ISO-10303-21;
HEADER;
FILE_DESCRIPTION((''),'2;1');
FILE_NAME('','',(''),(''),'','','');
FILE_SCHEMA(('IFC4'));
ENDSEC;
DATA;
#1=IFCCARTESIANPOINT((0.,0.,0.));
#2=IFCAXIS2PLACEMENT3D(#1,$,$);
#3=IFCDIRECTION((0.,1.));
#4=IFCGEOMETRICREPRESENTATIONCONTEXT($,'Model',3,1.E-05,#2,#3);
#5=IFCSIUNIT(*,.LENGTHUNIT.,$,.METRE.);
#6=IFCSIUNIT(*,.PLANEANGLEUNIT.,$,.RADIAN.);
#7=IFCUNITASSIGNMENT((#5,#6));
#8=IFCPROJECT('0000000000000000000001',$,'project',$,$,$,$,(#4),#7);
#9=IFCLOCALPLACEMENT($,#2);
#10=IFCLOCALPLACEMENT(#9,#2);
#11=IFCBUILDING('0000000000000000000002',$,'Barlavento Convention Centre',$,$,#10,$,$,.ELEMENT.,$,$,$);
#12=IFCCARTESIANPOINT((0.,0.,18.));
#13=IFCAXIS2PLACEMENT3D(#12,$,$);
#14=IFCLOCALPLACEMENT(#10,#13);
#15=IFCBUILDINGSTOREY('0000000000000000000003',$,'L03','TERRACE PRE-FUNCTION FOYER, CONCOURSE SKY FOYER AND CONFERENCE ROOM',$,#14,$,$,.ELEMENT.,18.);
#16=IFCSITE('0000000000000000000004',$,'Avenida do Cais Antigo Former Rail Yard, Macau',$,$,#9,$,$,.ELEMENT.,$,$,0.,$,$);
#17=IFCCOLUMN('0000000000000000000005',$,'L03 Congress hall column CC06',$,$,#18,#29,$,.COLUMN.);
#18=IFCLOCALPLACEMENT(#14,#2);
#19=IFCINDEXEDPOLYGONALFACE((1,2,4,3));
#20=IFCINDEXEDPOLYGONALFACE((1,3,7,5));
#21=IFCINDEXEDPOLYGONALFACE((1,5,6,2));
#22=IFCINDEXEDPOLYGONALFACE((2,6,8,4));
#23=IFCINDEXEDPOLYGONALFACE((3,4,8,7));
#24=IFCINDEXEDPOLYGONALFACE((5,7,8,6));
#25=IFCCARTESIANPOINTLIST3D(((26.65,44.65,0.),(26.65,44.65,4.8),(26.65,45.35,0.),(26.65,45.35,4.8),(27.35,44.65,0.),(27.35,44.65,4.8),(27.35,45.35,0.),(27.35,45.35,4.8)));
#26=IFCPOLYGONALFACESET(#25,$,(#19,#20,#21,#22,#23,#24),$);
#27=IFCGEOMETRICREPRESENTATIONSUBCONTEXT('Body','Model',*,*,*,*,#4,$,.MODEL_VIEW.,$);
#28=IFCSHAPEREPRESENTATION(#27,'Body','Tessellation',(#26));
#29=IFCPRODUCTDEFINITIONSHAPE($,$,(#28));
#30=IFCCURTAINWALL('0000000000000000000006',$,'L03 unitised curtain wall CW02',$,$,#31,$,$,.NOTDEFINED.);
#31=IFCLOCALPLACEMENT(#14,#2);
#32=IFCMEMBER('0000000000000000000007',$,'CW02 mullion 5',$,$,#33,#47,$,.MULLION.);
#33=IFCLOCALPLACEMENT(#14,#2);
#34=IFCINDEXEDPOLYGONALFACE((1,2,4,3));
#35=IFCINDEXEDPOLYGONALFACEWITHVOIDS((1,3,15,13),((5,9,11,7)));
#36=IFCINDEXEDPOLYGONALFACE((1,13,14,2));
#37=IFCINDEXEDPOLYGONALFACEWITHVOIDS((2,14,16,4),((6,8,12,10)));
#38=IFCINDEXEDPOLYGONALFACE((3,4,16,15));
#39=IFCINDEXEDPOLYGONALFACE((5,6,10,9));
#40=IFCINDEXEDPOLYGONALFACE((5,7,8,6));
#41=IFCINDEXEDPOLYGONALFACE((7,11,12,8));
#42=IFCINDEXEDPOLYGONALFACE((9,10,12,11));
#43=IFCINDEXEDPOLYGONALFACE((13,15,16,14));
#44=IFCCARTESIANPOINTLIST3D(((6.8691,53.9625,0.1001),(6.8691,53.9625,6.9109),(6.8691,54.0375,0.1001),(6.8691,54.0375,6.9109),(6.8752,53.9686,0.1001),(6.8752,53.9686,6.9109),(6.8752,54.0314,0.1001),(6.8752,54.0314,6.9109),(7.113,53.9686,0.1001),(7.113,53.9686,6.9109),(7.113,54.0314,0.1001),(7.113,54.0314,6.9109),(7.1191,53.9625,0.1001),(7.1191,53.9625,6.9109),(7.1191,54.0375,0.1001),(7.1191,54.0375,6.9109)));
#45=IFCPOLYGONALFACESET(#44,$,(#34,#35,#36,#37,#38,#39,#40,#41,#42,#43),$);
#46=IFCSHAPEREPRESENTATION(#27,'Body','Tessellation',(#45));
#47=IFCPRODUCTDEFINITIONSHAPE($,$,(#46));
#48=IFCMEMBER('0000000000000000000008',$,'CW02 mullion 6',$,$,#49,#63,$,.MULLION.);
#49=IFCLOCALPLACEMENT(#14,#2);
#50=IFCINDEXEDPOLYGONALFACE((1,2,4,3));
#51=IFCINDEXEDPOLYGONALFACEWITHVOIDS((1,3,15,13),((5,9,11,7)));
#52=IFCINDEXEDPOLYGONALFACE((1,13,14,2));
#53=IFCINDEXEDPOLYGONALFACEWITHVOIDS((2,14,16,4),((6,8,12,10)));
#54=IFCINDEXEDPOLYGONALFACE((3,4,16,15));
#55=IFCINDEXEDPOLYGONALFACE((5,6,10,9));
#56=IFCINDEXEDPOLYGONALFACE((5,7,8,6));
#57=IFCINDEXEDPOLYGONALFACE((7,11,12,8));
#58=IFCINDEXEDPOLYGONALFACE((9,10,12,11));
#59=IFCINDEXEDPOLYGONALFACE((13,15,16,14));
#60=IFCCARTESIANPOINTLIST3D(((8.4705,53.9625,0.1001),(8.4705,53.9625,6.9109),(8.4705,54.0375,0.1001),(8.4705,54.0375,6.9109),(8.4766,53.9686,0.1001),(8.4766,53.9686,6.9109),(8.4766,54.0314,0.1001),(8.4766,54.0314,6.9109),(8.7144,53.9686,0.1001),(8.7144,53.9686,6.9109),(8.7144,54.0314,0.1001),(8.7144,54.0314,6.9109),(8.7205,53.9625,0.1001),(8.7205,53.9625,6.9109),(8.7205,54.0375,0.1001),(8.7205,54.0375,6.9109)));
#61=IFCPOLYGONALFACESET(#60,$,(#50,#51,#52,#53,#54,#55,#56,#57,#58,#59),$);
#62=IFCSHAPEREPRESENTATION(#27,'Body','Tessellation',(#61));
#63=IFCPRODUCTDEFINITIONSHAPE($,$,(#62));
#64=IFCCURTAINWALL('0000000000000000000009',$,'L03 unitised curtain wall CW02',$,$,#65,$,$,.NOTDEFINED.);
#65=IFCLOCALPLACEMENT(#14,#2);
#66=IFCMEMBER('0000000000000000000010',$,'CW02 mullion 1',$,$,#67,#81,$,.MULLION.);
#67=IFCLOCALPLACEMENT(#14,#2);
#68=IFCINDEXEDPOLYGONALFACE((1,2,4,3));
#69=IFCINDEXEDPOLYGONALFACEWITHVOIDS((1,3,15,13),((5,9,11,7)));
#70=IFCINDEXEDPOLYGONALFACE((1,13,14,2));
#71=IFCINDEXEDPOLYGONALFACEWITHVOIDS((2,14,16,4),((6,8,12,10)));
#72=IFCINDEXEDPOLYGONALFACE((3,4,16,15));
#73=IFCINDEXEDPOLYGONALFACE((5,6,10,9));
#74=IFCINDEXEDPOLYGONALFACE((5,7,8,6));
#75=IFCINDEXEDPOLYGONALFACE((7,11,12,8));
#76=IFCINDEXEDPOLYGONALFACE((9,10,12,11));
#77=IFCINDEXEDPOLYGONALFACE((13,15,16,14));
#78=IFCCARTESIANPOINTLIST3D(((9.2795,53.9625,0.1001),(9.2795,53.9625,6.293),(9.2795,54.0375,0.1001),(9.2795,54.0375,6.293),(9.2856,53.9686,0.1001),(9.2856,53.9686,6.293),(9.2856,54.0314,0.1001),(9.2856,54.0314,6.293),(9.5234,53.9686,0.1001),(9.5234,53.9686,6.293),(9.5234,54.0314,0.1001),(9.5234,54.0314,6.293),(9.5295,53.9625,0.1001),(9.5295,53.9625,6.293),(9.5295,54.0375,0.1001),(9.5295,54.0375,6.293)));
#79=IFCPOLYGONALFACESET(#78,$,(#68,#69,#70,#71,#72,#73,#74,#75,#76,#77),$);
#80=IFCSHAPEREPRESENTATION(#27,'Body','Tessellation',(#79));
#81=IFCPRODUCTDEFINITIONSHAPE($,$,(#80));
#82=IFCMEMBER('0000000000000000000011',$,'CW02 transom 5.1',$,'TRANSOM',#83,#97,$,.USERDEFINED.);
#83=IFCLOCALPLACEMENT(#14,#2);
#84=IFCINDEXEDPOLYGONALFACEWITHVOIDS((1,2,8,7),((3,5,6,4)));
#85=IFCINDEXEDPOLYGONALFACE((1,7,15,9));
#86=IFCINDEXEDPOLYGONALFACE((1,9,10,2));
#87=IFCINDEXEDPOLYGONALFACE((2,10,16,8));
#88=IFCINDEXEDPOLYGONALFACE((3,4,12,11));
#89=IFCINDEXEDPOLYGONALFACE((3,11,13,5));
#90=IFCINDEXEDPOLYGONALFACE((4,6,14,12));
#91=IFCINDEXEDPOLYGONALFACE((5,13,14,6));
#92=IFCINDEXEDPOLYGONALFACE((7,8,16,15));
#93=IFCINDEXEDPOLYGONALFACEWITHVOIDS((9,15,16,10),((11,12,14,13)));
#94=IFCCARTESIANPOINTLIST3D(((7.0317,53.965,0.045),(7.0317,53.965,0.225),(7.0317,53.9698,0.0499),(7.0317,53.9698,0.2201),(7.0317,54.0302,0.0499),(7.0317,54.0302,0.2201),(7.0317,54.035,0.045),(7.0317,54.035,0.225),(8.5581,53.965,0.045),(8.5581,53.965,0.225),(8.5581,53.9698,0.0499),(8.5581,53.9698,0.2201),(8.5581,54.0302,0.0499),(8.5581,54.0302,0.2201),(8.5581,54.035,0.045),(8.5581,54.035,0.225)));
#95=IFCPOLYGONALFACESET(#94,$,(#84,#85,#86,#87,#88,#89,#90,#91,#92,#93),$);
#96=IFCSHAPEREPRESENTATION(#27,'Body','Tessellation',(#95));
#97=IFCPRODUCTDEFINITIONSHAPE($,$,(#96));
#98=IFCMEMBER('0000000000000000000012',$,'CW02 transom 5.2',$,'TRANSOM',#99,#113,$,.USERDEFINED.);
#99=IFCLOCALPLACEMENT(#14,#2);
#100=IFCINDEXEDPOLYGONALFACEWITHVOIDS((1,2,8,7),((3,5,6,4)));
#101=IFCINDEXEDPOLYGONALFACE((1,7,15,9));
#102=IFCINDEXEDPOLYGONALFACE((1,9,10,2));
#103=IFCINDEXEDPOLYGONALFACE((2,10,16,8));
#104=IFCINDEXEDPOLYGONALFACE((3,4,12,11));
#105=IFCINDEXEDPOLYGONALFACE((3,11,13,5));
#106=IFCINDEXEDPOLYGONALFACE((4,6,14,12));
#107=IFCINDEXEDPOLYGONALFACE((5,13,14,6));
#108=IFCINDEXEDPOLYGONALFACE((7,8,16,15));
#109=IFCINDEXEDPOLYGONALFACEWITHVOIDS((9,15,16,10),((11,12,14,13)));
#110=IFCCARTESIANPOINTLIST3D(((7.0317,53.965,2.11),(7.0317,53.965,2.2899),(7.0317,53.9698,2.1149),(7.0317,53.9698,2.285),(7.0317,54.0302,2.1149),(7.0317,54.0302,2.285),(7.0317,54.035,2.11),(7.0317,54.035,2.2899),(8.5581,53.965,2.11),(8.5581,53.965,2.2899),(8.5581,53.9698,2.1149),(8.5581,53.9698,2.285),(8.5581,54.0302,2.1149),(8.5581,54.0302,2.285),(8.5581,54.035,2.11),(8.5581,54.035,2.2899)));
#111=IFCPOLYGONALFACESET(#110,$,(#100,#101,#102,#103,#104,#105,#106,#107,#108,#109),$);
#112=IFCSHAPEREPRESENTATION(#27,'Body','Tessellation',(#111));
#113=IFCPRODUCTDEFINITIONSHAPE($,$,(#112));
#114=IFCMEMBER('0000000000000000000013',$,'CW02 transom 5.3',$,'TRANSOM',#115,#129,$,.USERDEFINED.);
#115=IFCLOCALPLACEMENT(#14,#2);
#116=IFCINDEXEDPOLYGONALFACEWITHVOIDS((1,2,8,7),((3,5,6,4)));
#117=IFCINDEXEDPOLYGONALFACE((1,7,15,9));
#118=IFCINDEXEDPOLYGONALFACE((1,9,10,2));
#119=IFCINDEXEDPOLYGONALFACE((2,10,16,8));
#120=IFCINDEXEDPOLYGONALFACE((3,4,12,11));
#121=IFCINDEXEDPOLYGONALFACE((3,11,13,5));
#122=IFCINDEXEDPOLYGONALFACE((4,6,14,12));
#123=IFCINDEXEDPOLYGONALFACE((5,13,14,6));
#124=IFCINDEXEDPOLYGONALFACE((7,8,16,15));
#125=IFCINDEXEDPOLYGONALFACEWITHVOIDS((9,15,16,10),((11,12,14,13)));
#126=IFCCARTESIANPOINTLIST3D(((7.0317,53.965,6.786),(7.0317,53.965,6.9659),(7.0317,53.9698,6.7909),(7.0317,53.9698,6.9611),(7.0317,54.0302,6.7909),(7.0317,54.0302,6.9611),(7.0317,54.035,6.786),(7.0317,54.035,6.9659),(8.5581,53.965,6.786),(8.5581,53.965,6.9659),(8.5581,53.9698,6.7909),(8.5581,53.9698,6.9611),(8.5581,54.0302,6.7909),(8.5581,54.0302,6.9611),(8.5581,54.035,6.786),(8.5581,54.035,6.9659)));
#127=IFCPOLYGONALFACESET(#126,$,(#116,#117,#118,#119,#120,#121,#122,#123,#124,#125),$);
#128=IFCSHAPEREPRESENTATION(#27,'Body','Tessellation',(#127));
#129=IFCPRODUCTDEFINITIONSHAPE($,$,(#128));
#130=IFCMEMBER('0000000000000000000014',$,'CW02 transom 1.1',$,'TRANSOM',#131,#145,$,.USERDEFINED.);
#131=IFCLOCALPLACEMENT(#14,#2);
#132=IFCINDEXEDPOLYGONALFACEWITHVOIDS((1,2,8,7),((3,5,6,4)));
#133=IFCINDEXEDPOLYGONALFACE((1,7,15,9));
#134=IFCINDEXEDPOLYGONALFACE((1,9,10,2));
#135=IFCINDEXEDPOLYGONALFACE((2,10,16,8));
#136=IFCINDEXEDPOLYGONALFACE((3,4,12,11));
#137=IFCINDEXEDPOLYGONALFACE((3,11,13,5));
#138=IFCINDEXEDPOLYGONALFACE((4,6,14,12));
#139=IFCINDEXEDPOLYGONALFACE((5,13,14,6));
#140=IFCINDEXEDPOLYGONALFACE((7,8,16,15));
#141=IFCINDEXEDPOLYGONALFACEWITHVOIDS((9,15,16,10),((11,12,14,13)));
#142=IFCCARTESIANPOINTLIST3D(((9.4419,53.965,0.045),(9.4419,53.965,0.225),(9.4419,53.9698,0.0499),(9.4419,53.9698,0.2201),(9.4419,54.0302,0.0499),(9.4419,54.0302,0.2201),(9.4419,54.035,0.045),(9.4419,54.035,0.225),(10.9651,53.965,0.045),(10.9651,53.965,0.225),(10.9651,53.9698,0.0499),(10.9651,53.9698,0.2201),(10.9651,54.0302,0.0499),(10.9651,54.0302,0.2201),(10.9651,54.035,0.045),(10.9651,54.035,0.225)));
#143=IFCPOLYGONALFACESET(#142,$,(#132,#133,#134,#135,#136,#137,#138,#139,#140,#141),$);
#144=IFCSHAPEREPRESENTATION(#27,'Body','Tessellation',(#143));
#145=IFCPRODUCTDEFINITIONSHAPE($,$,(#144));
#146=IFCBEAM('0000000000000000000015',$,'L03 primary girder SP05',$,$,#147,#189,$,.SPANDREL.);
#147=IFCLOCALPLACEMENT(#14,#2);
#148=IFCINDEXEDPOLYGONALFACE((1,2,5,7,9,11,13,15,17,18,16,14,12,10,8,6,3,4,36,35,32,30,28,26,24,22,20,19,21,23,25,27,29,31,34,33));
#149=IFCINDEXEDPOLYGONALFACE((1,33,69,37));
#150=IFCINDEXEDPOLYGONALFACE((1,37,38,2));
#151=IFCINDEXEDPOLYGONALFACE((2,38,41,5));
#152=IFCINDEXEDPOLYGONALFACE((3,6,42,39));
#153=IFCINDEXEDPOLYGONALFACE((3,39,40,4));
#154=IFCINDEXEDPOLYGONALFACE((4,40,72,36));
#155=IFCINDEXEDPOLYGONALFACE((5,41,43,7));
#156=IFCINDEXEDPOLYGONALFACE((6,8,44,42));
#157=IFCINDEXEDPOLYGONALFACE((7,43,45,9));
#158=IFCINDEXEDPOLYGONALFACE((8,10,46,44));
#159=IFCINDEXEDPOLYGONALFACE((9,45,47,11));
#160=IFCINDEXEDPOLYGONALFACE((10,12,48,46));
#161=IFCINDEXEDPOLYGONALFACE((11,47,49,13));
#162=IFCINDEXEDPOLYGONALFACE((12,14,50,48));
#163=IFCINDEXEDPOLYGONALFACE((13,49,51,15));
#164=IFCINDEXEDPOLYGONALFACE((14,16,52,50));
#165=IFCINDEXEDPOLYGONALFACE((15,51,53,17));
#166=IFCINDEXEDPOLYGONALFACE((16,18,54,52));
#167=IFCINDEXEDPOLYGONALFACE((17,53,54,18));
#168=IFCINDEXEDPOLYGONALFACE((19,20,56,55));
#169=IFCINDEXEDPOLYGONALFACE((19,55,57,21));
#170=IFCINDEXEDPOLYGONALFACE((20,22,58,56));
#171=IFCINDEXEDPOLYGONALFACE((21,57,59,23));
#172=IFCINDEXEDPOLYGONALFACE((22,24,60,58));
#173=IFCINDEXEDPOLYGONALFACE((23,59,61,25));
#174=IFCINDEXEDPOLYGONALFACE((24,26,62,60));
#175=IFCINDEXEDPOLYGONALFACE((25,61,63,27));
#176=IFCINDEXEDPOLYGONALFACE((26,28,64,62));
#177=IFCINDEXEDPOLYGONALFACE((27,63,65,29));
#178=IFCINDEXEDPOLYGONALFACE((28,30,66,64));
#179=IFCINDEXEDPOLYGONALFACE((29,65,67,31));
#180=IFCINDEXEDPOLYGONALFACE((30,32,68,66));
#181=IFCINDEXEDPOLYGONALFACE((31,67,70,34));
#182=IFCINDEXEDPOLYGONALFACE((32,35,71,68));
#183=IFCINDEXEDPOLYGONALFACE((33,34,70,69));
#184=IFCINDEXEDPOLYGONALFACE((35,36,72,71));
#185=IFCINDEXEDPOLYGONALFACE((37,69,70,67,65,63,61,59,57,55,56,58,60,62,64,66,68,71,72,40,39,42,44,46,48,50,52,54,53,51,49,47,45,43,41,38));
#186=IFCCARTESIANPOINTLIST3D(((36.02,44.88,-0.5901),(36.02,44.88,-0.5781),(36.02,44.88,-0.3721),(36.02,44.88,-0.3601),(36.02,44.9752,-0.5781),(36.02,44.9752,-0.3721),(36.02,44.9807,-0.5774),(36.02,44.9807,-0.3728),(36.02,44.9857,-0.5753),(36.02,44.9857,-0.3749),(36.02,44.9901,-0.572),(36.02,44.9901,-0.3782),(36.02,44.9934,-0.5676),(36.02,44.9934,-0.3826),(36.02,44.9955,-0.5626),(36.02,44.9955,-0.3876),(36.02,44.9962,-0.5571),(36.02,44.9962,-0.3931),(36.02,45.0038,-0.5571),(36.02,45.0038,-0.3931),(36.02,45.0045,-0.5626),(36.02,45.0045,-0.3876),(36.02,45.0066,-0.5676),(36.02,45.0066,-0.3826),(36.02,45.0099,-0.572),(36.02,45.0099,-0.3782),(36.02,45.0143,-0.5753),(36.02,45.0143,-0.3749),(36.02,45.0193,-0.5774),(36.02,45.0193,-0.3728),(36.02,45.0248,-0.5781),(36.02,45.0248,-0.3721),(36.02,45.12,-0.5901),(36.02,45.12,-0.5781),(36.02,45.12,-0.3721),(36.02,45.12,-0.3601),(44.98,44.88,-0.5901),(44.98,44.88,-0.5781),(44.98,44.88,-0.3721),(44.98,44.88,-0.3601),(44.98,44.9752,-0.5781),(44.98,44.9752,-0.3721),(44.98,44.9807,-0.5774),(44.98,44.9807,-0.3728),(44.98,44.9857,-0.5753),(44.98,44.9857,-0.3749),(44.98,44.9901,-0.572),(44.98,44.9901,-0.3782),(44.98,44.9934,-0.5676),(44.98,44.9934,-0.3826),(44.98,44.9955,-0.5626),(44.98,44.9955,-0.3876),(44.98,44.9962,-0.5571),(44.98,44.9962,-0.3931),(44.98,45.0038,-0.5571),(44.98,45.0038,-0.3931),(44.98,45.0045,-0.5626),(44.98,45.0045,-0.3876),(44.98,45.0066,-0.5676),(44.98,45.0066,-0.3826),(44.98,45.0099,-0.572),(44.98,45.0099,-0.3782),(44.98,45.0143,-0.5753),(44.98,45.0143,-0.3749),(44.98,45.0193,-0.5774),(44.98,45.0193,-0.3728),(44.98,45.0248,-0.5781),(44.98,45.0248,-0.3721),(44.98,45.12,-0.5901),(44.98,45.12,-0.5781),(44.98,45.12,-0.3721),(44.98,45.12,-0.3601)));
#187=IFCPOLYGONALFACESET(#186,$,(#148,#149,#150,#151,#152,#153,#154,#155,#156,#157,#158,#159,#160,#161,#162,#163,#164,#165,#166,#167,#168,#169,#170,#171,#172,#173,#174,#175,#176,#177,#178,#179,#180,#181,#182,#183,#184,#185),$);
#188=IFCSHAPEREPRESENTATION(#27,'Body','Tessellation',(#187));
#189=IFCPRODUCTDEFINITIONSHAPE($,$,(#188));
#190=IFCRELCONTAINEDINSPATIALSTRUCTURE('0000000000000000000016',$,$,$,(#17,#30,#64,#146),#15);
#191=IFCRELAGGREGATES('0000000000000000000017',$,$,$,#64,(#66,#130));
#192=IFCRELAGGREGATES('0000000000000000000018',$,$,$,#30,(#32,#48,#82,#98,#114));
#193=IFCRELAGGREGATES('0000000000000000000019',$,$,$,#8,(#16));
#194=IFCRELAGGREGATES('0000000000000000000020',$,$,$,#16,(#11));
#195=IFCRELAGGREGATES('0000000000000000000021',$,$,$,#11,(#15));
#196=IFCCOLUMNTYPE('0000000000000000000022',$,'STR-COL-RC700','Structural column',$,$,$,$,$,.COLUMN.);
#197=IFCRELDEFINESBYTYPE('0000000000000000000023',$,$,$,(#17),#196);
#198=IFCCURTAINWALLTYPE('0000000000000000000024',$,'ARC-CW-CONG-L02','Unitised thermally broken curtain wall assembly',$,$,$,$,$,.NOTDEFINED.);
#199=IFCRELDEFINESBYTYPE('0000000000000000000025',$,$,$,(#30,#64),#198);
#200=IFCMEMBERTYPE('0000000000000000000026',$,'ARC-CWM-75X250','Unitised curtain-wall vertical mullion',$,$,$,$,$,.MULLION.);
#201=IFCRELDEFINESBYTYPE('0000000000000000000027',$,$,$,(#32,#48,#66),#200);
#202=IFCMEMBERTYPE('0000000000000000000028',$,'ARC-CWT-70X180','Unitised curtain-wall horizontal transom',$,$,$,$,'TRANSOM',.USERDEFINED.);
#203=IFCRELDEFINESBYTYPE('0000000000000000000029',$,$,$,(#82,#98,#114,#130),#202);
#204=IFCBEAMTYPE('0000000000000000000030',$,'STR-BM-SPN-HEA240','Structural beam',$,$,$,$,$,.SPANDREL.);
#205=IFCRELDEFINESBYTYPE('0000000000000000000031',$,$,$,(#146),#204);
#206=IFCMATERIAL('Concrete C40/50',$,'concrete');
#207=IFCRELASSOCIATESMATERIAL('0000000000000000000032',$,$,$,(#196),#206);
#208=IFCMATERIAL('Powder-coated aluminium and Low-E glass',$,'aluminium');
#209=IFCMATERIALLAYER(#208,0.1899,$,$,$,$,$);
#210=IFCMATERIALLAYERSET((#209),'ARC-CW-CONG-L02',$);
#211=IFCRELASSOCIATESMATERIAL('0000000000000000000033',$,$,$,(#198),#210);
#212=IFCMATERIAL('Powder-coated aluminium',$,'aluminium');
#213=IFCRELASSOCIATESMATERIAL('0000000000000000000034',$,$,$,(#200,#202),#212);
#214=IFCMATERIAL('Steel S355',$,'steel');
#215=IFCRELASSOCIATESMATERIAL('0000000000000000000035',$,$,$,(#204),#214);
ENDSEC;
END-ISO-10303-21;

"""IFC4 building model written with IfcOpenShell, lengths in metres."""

from ifc_helpers import new_model, si_unit, direction, frame, origin, origin_2d, place, context, subcontext, project, spatial, rectangle, hollow_rectangle, i_section, extrude, material, layer, layer_set, material_profile, profile_set, type_object, element, aggregate, save


model = new_model("IFC4")

# Units and contexts
model_context = context("Model", 3, precision=1e-05, world=origin(), true_north=direction((0.0, 1.0)))
body_context = subcontext(model_context, "Body", "Model", "MODEL_VIEW")
ifc_project = project(units=[si_unit("LENGTHUNIT", "METRE"), si_unit("PLANEANGLEUNIT", "RADIAN")], contexts=[model_context])

# Site, building, storey
site_placement = place(None, origin())
site = spatial("IfcSite", under=ifc_project, at=site_placement, Name="Avenida do Cais Antigo Former Rail Yard, Macau", CompositionType="ELEMENT", RefElevation=0.0)
building_placement = place(site_placement, origin())
building = spatial("IfcBuilding", under=site, at=building_placement, Name="Barlavento Convention Centre", CompositionType="ELEMENT")
storey_placement = place(building_placement, frame((0.0, 0.0, 18.0)))
storey = spatial("IfcBuildingStorey", under=building, at=storey_placement, Name="L03", Description="TERRACE PRE-FUNCTION FOYER, CONCOURSE SKY FOYER AND CONFERENCE ROOM", CompositionType="ELEMENT", Elevation=18.0)

# Column
ifc_material_1 = material(Name="Steel S355", Category="steel")
ifc_material_2 = material(Name="Concrete C40/50", Category="concrete")
ifc_material_profile_1 = material_profile(ifc_material_2, rectangle(XDim=0.7, YDim=0.7, at=origin_2d()), Name="RC 700x700")
ifc_profile_set_1 = profile_set([ifc_material_profile_1], Name="Concrete C40/50")
column_type_1 = type_object("IfcColumnType", Name="STR-COL-RC700", Description="Structural column", PredefinedType="COLUMN", material=ifc_profile_set_1)
column_1_placement = place(storey_placement, frame((27.0, 45.0, 0.0), z_axis=(0.0, 0.0, 1.0), x_axis=(1.0, 0.0, 0.0)))
element("IfcColumn", 1, at=column_1_placement, inside=storey, type_object=column_type_1, Name="L03 Congress hall column CC06", PredefinedType="COLUMN", context=body_context, shape_type="SweptSolid", body=[
    extrude(rectangle(XDim=0.7, YDim=0.7, at=origin_2d()), origin(), (0.0, 0.0, 1.0), 4.8),
])

# Curtain wall, members
ifc_material_3 = material(Name="Powder-coated aluminium and Low-E glass", Category="aluminium")
ifc_layer_1 = layer(ifc_material_3, 0.1899)
ifc_layer_set_1 = layer_set([ifc_layer_1], Name="ARC-CW-CONG-L02")
curtain_wall_type = type_object("IfcCurtainWallType", Name="ARC-CW-CONG-L02", Description="Unitised thermally broken curtain wall assembly", PredefinedType="NOTDEFINED", material=ifc_layer_set_1)
curtain_wall_1_placement = place(storey_placement, origin())
curtain_wall_1 = element("IfcCurtainWall", 2, at=curtain_wall_1_placement, inside=storey, type_object=curtain_wall_type, Name="L03 unitised curtain wall CW02", PredefinedType="NOTDEFINED")
ifc_material_4 = material(Name="Powder-coated aluminium", Category="aluminium")
ifc_material_profile_2 = material_profile(ifc_material_4, hollow_rectangle(XDim=0.075, YDim=0.25, WallThickness=0.0061, at=origin_2d()), Name="AL-MULL 75x250x6")
ifc_profile_set_2 = profile_set([ifc_material_profile_2], Name="Powder-coated aluminium")
member_type_1 = type_object("IfcMemberType", Name="ARC-CWM-75X250", Description="Unitised curtain-wall vertical mullion", PredefinedType="MULLION", material=ifc_profile_set_2)
member_1_placement = place(storey_placement, frame((6.9941, 54.0, 0.1001), z_axis=(0.0, 0.0, 1.0), x_axis=(0.0, 1.0, 0.0)))
member_1 = element("IfcMember", 3, at=member_1_placement, type_object=member_type_1, Name="CW02 mullion 5", PredefinedType="MULLION", context=body_context, shape_type="SweptSolid", body=[
    extrude(hollow_rectangle(XDim=0.075, YDim=0.25, WallThickness=0.0061, at=origin_2d()), origin(), (0.0, 0.0, 1.0), 6.8108),
])
member_2_placement = place(storey_placement, frame((8.5955, 54.0, 0.1001), z_axis=(0.0, 0.0, 1.0), x_axis=(0.0, 1.0, 0.0)))
member_2 = element("IfcMember", 4, at=member_2_placement, type_object=member_type_1, Name="CW02 mullion 6", PredefinedType="MULLION", context=body_context, shape_type="SweptSolid", body=[
    extrude(hollow_rectangle(XDim=0.075, YDim=0.25, WallThickness=0.0061, at=origin_2d()), origin(), (0.0, 0.0, 1.0), 6.8108),
])

# Curtain wall, member
curtain_wall_2_placement = place(storey_placement, origin())
curtain_wall_2 = element("IfcCurtainWall", 5, at=curtain_wall_2_placement, inside=storey, type_object=curtain_wall_type, Name="L03 unitised curtain wall CW02", PredefinedType="NOTDEFINED")
member_3_placement = place(storey_placement, frame((9.4045, 54.0, 0.1001), z_axis=(0.0, 0.0, 1.0), x_axis=(0.0, 1.0, 0.0)))
member_3 = element("IfcMember", 6, at=member_3_placement, type_object=member_type_1, Name="CW02 mullion 1", PredefinedType="MULLION", context=body_context, shape_type="SweptSolid", body=[
    extrude(hollow_rectangle(XDim=0.075, YDim=0.25, WallThickness=0.0061, at=origin_2d()), origin(), (0.0, 0.0, 1.0), 6.1929),
])

# Members
ifc_material_profile_3 = material_profile(ifc_material_4, hollow_rectangle(XDim=0.0701, YDim=0.1799, WallThickness=0.0049, at=origin_2d()), Name="AL-TRAN 70x180x5")
ifc_profile_set_3 = profile_set([ifc_material_profile_3], Name="Powder-coated aluminium")
member_type_2 = type_object("IfcMemberType", Name="ARC-CWT-70X180", Description="Unitised curtain-wall horizontal transom", ElementType="TRANSOM", PredefinedType="USERDEFINED", material=ifc_profile_set_3)
member_4_placement = place(storey_placement, frame((7.0317, 54.0, 0.135), z_axis=(1.0, 0.0, 0.0), x_axis=(0.0, 1.0, 0.0)))
member_4 = element("IfcMember", 7, at=member_4_placement, type_object=member_type_2, Name="CW02 transom 5.1", ObjectType="TRANSOM", PredefinedType="USERDEFINED", context=body_context, shape_type="SweptSolid", body=[
    extrude(hollow_rectangle(XDim=0.0701, YDim=0.1799, WallThickness=0.0049, at=origin_2d()), origin(), (0.0, 0.0, 1.0), 1.5264),
])
member_5_placement = place(storey_placement, frame((7.0317, 54.0, 2.2), z_axis=(1.0, 0.0, 0.0), x_axis=(0.0, 1.0, 0.0)))
member_5 = element("IfcMember", 8, at=member_5_placement, type_object=member_type_2, Name="CW02 transom 5.2", ObjectType="TRANSOM", PredefinedType="USERDEFINED", context=body_context, shape_type="SweptSolid", body=[
    extrude(hollow_rectangle(XDim=0.0701, YDim=0.1799, WallThickness=0.0049, at=origin_2d()), origin(), (0.0, 0.0, 1.0), 1.5264),
])
member_6_placement = place(storey_placement, frame((7.0317, 54.0, 6.876), z_axis=(1.0, 0.0, 0.0), x_axis=(0.0, 1.0, 0.0)))
member_6 = element("IfcMember", 9, at=member_6_placement, type_object=member_type_2, Name="CW02 transom 5.3", ObjectType="TRANSOM", PredefinedType="USERDEFINED", context=body_context, shape_type="SweptSolid", body=[
    extrude(hollow_rectangle(XDim=0.0701, YDim=0.1799, WallThickness=0.0049, at=origin_2d()), origin(), (0.0, 0.0, 1.0), 1.5264),
])
member_7_placement = place(storey_placement, frame((9.4419, 54.0, 0.135), z_axis=(1.0, 0.0, 0.0), x_axis=(0.0, 1.0, 0.0)))
member_7 = element("IfcMember", 10, at=member_7_placement, type_object=member_type_2, Name="CW02 transom 1.1", ObjectType="TRANSOM", PredefinedType="USERDEFINED", context=body_context, shape_type="SweptSolid", body=[
    extrude(hollow_rectangle(XDim=0.0701, YDim=0.1799, WallThickness=0.0049, at=origin_2d()), origin(), (0.0, 0.0, 1.0), 1.5232),
])
aggregate(curtain_wall_2, [member_3, member_7])

# Beam
ifc_material_profile_4 = material_profile(ifc_material_1, i_section(OverallWidth=0.24, OverallDepth=0.23, WebThickness=0.0076, FlangeThickness=0.012, FilletRadius=0.021, at=origin_2d()), Name="HEA 240")
ifc_profile_set_4 = profile_set([ifc_material_profile_4], Name="Steel S355")
beam_type_1 = type_object("IfcBeamType", Name="STR-BM-SPN-HEA240", Description="Structural beam", PredefinedType="SPANDREL", material=ifc_profile_set_4)
for number, where, z_axis, x_axis, name in (
    (11, (36.02, 45.0, -0.4751), (1.0, 0.0, 0.0), (0.0, 1.0, 0.0), "L03 primary girder SP05"),
):
    element("IfcBeam", number, at=place(storey_placement, frame(where, z_axis=z_axis, x_axis=x_axis)), inside=storey, type_object=beam_type_1, Name=name, PredefinedType="SPANDREL", context=body_context, shape_type="SweptSolid", body=[
        extrude(i_section(OverallWidth=0.24, OverallDepth=0.23, WebThickness=0.0076, FlangeThickness=0.012, FilletRadius=0.021, at=origin_2d()), origin(), (0.0, 0.0, 1.0), 8.96),
    ])

aggregate(curtain_wall_1, [member_1, member_2, member_4, member_5, member_6])

save(model, "model.ifc")
